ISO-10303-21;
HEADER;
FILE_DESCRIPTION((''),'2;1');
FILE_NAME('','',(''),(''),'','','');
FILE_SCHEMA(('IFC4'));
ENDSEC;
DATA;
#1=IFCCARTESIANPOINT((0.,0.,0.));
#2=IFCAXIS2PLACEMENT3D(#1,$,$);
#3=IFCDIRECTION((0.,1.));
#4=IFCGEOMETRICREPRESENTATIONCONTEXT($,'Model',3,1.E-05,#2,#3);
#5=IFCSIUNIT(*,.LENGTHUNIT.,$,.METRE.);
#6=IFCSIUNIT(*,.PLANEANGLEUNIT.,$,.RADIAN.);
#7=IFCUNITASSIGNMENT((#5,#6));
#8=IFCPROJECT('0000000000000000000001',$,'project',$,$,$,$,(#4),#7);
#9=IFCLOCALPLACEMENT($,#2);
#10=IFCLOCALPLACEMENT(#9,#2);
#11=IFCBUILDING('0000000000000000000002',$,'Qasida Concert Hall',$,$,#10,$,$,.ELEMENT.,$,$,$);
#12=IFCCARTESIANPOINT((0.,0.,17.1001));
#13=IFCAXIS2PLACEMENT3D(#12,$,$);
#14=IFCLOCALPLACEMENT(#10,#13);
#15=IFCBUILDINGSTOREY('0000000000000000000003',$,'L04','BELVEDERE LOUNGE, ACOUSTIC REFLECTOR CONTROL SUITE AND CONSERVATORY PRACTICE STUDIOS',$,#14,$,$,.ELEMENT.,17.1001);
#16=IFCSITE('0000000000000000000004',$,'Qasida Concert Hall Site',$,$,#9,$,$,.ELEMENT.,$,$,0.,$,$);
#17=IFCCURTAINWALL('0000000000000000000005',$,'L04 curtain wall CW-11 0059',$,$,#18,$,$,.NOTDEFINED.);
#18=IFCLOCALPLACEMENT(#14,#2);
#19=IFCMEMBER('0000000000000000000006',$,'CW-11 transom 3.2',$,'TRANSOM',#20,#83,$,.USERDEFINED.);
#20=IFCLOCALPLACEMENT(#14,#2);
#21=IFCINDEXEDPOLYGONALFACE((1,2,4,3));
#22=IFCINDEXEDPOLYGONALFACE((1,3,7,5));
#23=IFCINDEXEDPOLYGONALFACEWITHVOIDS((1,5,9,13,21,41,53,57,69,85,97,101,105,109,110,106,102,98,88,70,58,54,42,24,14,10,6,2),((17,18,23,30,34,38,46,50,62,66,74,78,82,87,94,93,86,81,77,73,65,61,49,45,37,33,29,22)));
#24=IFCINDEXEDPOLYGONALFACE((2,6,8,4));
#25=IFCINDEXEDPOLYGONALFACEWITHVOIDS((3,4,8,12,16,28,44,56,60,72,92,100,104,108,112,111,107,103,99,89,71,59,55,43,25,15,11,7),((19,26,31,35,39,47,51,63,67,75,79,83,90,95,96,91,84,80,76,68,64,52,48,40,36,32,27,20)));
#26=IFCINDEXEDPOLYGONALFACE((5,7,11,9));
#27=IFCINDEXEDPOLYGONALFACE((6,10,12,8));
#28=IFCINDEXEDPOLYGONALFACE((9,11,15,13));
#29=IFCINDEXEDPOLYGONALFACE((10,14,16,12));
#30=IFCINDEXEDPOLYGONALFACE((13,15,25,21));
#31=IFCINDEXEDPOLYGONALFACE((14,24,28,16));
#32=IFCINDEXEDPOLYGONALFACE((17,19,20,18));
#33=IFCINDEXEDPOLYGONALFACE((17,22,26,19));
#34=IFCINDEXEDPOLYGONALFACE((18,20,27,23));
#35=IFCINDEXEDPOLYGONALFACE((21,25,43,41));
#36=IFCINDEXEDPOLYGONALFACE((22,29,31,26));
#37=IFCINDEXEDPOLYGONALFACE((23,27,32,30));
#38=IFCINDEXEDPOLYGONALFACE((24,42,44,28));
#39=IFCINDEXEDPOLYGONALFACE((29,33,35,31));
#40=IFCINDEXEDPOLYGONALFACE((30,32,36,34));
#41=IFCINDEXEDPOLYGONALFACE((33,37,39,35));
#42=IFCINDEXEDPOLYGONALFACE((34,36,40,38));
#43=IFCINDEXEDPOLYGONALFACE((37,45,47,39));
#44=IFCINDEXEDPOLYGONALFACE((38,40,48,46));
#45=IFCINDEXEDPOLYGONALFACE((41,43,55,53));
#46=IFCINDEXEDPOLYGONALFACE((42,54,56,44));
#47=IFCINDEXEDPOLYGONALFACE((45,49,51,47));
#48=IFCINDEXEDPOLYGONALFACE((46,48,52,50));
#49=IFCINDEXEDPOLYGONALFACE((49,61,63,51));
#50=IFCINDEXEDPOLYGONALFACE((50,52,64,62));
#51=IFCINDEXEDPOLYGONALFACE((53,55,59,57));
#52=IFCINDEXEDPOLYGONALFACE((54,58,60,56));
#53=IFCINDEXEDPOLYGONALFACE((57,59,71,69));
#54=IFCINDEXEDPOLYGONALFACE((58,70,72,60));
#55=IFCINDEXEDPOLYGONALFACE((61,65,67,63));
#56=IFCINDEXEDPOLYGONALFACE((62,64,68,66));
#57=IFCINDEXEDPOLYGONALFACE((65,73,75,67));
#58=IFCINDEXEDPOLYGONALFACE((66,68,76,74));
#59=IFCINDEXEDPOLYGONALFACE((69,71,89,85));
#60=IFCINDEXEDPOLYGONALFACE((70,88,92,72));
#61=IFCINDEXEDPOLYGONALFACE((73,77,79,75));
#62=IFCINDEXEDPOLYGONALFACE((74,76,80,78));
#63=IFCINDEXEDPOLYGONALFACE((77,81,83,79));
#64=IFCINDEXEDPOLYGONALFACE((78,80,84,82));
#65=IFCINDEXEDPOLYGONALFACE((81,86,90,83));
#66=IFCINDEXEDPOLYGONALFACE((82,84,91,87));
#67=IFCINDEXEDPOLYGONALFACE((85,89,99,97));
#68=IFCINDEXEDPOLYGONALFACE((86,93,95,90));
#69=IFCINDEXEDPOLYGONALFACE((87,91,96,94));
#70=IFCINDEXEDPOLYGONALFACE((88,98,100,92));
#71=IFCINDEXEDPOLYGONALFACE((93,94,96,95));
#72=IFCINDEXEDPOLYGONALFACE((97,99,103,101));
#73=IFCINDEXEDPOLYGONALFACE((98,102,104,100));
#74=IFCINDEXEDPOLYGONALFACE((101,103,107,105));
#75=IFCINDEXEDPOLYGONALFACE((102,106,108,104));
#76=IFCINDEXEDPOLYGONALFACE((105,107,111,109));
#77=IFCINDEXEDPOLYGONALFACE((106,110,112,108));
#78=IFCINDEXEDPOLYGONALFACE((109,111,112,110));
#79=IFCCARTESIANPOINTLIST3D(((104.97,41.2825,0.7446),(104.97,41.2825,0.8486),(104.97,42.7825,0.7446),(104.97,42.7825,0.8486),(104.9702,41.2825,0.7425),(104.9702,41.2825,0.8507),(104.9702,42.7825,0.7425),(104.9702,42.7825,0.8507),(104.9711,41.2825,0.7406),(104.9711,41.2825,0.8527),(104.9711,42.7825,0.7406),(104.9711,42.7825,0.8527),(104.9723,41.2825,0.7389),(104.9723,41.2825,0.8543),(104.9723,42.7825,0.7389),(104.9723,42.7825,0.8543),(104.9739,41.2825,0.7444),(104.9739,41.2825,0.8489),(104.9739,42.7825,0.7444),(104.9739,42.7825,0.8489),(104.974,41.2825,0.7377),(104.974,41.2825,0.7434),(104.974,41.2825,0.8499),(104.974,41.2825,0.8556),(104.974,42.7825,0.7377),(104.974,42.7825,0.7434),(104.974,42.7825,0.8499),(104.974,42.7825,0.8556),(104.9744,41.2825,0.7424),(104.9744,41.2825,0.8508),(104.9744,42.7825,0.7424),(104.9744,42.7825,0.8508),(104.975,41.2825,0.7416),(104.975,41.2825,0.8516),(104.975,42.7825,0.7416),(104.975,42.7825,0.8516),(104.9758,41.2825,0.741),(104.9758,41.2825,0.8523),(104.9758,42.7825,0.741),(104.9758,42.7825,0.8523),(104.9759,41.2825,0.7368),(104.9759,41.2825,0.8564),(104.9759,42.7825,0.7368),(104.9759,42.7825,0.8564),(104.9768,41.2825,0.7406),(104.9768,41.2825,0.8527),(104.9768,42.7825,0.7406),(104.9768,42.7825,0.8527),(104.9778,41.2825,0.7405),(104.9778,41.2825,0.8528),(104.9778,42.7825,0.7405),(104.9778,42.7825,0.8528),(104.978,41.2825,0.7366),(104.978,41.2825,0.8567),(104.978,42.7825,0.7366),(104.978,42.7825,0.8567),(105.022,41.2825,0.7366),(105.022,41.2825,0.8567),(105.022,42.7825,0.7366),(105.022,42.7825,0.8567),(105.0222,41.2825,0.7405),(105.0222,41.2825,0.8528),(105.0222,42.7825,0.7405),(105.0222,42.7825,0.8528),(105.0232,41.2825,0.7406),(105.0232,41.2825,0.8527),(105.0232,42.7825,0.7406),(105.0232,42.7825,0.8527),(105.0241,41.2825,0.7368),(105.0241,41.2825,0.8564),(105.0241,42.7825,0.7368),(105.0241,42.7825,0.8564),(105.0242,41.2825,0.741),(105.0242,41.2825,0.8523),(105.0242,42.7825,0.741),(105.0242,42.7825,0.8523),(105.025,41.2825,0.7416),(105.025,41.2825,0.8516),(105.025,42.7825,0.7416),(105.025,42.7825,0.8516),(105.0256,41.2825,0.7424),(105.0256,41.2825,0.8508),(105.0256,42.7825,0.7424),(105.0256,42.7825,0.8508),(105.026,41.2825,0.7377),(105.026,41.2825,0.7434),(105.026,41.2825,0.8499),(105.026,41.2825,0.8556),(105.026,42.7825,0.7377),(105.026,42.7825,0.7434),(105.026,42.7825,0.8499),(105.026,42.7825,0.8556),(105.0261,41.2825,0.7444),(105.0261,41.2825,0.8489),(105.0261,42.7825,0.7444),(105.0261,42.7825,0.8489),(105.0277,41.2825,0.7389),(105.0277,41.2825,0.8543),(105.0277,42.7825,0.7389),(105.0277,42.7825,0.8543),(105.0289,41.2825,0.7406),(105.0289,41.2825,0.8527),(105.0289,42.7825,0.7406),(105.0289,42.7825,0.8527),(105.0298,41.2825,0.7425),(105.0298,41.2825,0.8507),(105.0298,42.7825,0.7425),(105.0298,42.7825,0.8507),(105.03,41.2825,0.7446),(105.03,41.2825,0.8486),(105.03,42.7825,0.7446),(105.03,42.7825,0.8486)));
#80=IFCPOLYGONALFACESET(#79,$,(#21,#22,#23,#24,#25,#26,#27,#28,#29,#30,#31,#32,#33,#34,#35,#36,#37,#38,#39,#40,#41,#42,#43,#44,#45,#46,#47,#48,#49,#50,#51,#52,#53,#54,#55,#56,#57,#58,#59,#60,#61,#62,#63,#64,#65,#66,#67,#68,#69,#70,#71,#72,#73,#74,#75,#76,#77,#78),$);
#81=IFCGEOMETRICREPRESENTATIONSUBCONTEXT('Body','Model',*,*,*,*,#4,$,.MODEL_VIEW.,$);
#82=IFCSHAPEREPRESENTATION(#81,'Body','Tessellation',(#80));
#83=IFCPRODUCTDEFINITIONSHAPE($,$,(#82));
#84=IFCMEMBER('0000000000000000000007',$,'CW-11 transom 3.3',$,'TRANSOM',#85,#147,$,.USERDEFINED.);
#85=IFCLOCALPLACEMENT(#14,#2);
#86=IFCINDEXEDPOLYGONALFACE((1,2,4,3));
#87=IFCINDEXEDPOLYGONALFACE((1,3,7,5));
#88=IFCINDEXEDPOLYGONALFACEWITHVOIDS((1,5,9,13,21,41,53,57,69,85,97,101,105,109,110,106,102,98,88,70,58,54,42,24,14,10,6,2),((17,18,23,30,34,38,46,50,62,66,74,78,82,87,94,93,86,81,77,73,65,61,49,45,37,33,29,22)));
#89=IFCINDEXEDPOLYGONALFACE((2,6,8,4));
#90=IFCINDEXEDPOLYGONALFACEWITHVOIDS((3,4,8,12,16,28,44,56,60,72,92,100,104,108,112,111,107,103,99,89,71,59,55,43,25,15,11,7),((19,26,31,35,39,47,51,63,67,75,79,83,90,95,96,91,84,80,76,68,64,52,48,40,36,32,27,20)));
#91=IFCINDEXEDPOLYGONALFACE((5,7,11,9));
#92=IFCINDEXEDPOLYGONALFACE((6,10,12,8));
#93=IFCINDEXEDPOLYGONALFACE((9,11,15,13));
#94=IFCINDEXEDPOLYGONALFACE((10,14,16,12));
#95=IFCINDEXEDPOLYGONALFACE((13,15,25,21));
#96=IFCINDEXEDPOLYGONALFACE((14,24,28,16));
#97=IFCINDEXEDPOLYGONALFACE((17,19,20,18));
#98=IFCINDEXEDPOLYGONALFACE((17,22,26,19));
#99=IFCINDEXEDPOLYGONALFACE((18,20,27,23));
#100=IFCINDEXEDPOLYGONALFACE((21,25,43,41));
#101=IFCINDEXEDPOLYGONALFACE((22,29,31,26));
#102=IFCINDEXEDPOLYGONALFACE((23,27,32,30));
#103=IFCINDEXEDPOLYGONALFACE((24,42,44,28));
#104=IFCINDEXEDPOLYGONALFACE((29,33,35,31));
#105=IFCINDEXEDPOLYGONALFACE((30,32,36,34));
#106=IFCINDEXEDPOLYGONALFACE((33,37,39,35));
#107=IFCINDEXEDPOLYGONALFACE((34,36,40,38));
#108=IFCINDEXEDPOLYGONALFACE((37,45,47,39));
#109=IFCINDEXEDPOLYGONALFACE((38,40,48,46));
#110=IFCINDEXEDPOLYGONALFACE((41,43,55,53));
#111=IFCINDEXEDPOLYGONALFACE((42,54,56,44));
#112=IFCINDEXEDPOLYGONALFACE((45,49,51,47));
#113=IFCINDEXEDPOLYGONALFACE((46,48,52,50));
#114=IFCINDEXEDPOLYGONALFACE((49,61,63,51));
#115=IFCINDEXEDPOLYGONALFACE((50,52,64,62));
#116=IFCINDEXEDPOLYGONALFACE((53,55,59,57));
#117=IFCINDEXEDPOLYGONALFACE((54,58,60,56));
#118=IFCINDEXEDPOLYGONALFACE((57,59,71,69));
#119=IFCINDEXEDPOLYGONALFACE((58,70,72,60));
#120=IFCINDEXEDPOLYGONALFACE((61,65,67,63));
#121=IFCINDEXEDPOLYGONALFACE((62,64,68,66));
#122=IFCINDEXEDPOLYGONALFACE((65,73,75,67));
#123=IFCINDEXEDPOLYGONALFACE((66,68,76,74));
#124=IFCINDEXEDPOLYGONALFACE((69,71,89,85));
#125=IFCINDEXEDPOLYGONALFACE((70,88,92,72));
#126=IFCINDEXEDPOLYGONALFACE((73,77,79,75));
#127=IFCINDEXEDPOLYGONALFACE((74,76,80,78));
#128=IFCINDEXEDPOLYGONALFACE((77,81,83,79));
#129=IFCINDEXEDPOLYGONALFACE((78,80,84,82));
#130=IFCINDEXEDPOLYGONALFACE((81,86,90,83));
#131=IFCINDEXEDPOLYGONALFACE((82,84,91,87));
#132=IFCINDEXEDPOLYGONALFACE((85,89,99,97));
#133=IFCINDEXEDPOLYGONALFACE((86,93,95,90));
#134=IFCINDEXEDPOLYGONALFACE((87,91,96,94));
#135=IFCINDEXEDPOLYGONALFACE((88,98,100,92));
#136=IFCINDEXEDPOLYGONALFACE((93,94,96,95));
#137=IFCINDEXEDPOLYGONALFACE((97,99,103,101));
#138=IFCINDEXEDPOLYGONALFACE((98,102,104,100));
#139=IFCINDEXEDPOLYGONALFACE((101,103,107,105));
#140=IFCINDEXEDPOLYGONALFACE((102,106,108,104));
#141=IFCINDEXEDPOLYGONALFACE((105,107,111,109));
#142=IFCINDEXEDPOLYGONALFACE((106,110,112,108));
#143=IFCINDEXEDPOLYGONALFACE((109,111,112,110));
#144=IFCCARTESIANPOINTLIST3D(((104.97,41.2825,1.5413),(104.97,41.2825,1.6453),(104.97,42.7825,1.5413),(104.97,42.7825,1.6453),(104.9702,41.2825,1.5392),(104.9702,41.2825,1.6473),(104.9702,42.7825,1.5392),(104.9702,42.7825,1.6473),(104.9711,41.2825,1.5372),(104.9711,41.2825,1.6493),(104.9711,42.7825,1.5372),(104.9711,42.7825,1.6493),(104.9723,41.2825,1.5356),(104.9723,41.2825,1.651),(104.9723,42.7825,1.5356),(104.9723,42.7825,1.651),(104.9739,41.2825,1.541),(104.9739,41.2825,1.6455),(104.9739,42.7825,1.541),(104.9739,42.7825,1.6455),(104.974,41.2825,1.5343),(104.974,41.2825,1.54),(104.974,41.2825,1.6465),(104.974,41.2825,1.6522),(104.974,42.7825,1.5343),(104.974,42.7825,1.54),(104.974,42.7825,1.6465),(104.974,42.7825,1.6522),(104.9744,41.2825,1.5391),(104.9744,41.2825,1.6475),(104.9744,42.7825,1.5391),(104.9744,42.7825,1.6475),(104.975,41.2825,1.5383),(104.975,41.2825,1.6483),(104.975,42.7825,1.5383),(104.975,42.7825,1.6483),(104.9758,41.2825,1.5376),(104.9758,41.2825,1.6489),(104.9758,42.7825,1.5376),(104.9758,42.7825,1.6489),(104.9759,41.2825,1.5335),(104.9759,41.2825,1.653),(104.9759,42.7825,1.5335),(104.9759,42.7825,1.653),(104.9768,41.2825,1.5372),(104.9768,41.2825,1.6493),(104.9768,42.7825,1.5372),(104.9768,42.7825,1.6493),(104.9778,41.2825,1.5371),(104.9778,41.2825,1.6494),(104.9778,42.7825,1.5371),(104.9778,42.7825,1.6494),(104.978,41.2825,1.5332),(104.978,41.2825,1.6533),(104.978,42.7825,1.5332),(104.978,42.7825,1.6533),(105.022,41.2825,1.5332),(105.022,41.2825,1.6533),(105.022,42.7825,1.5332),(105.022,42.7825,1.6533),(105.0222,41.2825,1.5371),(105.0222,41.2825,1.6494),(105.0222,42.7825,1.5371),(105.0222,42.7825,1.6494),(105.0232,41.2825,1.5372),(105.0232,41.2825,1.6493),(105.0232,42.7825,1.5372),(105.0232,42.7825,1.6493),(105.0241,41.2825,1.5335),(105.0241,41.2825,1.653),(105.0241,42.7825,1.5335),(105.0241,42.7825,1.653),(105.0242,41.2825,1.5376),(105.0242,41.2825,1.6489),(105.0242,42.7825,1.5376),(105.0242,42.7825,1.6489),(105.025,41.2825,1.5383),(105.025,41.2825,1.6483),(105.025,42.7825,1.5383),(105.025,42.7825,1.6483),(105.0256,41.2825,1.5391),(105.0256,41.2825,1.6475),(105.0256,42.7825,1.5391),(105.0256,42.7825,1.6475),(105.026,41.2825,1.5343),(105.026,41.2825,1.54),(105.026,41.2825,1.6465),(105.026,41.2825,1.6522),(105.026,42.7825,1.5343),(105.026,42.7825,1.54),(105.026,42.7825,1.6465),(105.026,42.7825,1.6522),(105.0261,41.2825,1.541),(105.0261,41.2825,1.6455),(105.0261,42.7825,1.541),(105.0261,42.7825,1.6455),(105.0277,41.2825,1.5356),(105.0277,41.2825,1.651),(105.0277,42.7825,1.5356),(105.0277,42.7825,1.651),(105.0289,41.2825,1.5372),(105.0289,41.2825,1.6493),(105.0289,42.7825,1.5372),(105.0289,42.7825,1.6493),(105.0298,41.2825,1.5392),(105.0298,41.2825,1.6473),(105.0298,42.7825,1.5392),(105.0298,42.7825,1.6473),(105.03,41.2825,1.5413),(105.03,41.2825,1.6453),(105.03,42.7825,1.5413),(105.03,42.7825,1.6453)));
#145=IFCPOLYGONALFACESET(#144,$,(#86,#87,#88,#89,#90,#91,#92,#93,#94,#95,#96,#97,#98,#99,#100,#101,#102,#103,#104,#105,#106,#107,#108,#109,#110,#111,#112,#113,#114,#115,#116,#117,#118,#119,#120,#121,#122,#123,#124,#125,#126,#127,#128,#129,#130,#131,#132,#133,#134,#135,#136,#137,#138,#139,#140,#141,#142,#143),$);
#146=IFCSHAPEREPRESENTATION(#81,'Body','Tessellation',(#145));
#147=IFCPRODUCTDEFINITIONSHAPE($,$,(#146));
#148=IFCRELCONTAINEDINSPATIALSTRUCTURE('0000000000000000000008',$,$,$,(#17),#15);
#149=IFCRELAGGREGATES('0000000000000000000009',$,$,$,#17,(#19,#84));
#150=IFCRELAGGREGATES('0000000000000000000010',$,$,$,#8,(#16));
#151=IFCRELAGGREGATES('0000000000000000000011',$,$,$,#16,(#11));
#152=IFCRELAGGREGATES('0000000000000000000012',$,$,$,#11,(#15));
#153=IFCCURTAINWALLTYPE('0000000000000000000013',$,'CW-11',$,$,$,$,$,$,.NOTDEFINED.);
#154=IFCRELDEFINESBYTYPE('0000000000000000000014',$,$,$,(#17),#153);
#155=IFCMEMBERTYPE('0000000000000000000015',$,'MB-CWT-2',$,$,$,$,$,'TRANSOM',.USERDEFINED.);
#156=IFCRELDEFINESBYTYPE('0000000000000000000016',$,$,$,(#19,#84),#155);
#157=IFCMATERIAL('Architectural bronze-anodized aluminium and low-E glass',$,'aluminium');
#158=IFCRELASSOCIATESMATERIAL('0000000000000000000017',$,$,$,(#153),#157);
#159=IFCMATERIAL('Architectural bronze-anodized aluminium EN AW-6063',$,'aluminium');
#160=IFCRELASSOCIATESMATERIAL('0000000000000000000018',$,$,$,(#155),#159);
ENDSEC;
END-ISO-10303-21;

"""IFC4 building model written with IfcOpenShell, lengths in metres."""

from ifc_helpers import new_model, si_unit, direction, frame, origin, origin_2d, place, context, subcontext, project, spatial, hollow_rectangle, extrude, material, material_profile, profile_set, type_object, element, aggregate, save


model = new_model("IFC4")

# Units and contexts
model_context = context("Model", 3, precision=1e-05, world=origin(), true_north=direction((0.0, 1.0)))
body_context = subcontext(model_context, "Body", "Model", "MODEL_VIEW")
ifc_project = project(units=[si_unit("LENGTHUNIT", "METRE"), si_unit("PLANEANGLEUNIT", "RADIAN")], contexts=[model_context])

# Site, building, storey
site_placement = place(None, origin())
site = spatial("IfcSite", under=ifc_project, at=site_placement, Name="Qasida Concert Hall Site", CompositionType="ELEMENT", RefElevation=0.0)
building_placement = place(site_placement, origin())
building = spatial("IfcBuilding", under=site, at=building_placement, Name="Qasida Concert Hall", CompositionType="ELEMENT")
storey_placement = place(building_placement, frame((0.0, 0.0, 17.1001)))
storey = spatial("IfcBuildingStorey", under=building, at=storey_placement, Name="L04", Description="BELVEDERE LOUNGE, ACOUSTIC REFLECTOR CONTROL SUITE AND CONSERVATORY PRACTICE STUDIOS", CompositionType="ELEMENT", Elevation=17.1001)

# Curtain wall, members
ifc_material_1 = material(Name="Architectural bronze-anodized aluminium and low-E glass", Category="aluminium")
curtain_wall_type = type_object("IfcCurtainWallType", Name="CW-11", PredefinedType="NOTDEFINED", material=ifc_material_1)
curtain_wall_placement = place(storey_placement, origin())
curtain_wall = element("IfcCurtainWall", 1, at=curtain_wall_placement, inside=storey, type_object=curtain_wall_type, Name="L04 curtain wall CW-11 0059", PredefinedType="NOTDEFINED")
ifc_material_2 = material(Name="Architectural bronze-anodized aluminium EN AW-6063", Category="aluminium")
ifc_material_profile_1 = material_profile(ifc_material_2, hollow_rectangle(XDim=0.0601, YDim=0.1201, WallThickness=0.0039, InnerFilletRadius=0.0039, OuterFilletRadius=0.0081, at=origin_2d()), Name="CWT 120x60x4")
ifc_profile_set_1 = profile_set([ifc_material_profile_1], Name="Architectural bronze-anodized aluminium EN AW-6063")
member_type_1 = type_object("IfcMemberType", Name="MB-CWT-2", ElementType="TRANSOM", PredefinedType="USERDEFINED", material=ifc_profile_set_1)
member_1_placement = place(storey_placement, frame((105.0, 41.2825, 0.7966), z_axis=(0.0, 1.0, 0.0), x_axis=(-1.0, 0.0, 0.0)))
member_1 = element("IfcMember", 2, at=member_1_placement, type_object=member_type_1, Name="CW-11 transom 3.2", ObjectType="TRANSOM", PredefinedType="USERDEFINED", context=body_context, shape_type="SweptSolid", body=[
    extrude(hollow_rectangle(XDim=0.0601, YDim=0.1201, WallThickness=0.0039, InnerFilletRadius=0.0039, OuterFilletRadius=0.0081, at=origin_2d()), origin(), (0.0, 0.0, 1.0), 1.5),
])
member_2_placement = place(storey_placement, frame((105.0, 41.2825, 1.5933), z_axis=(0.0, 1.0, 0.0), x_axis=(-1.0, 0.0, 0.0)))
member_2 = element("IfcMember", 3, at=member_2_placement, type_object=member_type_1, Name="CW-11 transom 3.3", ObjectType="TRANSOM", PredefinedType="USERDEFINED", context=body_context, shape_type="SweptSolid", body=[
    extrude(hollow_rectangle(XDim=0.0601, YDim=0.1201, WallThickness=0.0039, InnerFilletRadius=0.0039, OuterFilletRadius=0.0081, at=origin_2d()), origin(), (0.0, 0.0, 1.0), 1.5),
])
aggregate(curtain_wall, [member_1, member_2])

save(model, "model.ifc")
